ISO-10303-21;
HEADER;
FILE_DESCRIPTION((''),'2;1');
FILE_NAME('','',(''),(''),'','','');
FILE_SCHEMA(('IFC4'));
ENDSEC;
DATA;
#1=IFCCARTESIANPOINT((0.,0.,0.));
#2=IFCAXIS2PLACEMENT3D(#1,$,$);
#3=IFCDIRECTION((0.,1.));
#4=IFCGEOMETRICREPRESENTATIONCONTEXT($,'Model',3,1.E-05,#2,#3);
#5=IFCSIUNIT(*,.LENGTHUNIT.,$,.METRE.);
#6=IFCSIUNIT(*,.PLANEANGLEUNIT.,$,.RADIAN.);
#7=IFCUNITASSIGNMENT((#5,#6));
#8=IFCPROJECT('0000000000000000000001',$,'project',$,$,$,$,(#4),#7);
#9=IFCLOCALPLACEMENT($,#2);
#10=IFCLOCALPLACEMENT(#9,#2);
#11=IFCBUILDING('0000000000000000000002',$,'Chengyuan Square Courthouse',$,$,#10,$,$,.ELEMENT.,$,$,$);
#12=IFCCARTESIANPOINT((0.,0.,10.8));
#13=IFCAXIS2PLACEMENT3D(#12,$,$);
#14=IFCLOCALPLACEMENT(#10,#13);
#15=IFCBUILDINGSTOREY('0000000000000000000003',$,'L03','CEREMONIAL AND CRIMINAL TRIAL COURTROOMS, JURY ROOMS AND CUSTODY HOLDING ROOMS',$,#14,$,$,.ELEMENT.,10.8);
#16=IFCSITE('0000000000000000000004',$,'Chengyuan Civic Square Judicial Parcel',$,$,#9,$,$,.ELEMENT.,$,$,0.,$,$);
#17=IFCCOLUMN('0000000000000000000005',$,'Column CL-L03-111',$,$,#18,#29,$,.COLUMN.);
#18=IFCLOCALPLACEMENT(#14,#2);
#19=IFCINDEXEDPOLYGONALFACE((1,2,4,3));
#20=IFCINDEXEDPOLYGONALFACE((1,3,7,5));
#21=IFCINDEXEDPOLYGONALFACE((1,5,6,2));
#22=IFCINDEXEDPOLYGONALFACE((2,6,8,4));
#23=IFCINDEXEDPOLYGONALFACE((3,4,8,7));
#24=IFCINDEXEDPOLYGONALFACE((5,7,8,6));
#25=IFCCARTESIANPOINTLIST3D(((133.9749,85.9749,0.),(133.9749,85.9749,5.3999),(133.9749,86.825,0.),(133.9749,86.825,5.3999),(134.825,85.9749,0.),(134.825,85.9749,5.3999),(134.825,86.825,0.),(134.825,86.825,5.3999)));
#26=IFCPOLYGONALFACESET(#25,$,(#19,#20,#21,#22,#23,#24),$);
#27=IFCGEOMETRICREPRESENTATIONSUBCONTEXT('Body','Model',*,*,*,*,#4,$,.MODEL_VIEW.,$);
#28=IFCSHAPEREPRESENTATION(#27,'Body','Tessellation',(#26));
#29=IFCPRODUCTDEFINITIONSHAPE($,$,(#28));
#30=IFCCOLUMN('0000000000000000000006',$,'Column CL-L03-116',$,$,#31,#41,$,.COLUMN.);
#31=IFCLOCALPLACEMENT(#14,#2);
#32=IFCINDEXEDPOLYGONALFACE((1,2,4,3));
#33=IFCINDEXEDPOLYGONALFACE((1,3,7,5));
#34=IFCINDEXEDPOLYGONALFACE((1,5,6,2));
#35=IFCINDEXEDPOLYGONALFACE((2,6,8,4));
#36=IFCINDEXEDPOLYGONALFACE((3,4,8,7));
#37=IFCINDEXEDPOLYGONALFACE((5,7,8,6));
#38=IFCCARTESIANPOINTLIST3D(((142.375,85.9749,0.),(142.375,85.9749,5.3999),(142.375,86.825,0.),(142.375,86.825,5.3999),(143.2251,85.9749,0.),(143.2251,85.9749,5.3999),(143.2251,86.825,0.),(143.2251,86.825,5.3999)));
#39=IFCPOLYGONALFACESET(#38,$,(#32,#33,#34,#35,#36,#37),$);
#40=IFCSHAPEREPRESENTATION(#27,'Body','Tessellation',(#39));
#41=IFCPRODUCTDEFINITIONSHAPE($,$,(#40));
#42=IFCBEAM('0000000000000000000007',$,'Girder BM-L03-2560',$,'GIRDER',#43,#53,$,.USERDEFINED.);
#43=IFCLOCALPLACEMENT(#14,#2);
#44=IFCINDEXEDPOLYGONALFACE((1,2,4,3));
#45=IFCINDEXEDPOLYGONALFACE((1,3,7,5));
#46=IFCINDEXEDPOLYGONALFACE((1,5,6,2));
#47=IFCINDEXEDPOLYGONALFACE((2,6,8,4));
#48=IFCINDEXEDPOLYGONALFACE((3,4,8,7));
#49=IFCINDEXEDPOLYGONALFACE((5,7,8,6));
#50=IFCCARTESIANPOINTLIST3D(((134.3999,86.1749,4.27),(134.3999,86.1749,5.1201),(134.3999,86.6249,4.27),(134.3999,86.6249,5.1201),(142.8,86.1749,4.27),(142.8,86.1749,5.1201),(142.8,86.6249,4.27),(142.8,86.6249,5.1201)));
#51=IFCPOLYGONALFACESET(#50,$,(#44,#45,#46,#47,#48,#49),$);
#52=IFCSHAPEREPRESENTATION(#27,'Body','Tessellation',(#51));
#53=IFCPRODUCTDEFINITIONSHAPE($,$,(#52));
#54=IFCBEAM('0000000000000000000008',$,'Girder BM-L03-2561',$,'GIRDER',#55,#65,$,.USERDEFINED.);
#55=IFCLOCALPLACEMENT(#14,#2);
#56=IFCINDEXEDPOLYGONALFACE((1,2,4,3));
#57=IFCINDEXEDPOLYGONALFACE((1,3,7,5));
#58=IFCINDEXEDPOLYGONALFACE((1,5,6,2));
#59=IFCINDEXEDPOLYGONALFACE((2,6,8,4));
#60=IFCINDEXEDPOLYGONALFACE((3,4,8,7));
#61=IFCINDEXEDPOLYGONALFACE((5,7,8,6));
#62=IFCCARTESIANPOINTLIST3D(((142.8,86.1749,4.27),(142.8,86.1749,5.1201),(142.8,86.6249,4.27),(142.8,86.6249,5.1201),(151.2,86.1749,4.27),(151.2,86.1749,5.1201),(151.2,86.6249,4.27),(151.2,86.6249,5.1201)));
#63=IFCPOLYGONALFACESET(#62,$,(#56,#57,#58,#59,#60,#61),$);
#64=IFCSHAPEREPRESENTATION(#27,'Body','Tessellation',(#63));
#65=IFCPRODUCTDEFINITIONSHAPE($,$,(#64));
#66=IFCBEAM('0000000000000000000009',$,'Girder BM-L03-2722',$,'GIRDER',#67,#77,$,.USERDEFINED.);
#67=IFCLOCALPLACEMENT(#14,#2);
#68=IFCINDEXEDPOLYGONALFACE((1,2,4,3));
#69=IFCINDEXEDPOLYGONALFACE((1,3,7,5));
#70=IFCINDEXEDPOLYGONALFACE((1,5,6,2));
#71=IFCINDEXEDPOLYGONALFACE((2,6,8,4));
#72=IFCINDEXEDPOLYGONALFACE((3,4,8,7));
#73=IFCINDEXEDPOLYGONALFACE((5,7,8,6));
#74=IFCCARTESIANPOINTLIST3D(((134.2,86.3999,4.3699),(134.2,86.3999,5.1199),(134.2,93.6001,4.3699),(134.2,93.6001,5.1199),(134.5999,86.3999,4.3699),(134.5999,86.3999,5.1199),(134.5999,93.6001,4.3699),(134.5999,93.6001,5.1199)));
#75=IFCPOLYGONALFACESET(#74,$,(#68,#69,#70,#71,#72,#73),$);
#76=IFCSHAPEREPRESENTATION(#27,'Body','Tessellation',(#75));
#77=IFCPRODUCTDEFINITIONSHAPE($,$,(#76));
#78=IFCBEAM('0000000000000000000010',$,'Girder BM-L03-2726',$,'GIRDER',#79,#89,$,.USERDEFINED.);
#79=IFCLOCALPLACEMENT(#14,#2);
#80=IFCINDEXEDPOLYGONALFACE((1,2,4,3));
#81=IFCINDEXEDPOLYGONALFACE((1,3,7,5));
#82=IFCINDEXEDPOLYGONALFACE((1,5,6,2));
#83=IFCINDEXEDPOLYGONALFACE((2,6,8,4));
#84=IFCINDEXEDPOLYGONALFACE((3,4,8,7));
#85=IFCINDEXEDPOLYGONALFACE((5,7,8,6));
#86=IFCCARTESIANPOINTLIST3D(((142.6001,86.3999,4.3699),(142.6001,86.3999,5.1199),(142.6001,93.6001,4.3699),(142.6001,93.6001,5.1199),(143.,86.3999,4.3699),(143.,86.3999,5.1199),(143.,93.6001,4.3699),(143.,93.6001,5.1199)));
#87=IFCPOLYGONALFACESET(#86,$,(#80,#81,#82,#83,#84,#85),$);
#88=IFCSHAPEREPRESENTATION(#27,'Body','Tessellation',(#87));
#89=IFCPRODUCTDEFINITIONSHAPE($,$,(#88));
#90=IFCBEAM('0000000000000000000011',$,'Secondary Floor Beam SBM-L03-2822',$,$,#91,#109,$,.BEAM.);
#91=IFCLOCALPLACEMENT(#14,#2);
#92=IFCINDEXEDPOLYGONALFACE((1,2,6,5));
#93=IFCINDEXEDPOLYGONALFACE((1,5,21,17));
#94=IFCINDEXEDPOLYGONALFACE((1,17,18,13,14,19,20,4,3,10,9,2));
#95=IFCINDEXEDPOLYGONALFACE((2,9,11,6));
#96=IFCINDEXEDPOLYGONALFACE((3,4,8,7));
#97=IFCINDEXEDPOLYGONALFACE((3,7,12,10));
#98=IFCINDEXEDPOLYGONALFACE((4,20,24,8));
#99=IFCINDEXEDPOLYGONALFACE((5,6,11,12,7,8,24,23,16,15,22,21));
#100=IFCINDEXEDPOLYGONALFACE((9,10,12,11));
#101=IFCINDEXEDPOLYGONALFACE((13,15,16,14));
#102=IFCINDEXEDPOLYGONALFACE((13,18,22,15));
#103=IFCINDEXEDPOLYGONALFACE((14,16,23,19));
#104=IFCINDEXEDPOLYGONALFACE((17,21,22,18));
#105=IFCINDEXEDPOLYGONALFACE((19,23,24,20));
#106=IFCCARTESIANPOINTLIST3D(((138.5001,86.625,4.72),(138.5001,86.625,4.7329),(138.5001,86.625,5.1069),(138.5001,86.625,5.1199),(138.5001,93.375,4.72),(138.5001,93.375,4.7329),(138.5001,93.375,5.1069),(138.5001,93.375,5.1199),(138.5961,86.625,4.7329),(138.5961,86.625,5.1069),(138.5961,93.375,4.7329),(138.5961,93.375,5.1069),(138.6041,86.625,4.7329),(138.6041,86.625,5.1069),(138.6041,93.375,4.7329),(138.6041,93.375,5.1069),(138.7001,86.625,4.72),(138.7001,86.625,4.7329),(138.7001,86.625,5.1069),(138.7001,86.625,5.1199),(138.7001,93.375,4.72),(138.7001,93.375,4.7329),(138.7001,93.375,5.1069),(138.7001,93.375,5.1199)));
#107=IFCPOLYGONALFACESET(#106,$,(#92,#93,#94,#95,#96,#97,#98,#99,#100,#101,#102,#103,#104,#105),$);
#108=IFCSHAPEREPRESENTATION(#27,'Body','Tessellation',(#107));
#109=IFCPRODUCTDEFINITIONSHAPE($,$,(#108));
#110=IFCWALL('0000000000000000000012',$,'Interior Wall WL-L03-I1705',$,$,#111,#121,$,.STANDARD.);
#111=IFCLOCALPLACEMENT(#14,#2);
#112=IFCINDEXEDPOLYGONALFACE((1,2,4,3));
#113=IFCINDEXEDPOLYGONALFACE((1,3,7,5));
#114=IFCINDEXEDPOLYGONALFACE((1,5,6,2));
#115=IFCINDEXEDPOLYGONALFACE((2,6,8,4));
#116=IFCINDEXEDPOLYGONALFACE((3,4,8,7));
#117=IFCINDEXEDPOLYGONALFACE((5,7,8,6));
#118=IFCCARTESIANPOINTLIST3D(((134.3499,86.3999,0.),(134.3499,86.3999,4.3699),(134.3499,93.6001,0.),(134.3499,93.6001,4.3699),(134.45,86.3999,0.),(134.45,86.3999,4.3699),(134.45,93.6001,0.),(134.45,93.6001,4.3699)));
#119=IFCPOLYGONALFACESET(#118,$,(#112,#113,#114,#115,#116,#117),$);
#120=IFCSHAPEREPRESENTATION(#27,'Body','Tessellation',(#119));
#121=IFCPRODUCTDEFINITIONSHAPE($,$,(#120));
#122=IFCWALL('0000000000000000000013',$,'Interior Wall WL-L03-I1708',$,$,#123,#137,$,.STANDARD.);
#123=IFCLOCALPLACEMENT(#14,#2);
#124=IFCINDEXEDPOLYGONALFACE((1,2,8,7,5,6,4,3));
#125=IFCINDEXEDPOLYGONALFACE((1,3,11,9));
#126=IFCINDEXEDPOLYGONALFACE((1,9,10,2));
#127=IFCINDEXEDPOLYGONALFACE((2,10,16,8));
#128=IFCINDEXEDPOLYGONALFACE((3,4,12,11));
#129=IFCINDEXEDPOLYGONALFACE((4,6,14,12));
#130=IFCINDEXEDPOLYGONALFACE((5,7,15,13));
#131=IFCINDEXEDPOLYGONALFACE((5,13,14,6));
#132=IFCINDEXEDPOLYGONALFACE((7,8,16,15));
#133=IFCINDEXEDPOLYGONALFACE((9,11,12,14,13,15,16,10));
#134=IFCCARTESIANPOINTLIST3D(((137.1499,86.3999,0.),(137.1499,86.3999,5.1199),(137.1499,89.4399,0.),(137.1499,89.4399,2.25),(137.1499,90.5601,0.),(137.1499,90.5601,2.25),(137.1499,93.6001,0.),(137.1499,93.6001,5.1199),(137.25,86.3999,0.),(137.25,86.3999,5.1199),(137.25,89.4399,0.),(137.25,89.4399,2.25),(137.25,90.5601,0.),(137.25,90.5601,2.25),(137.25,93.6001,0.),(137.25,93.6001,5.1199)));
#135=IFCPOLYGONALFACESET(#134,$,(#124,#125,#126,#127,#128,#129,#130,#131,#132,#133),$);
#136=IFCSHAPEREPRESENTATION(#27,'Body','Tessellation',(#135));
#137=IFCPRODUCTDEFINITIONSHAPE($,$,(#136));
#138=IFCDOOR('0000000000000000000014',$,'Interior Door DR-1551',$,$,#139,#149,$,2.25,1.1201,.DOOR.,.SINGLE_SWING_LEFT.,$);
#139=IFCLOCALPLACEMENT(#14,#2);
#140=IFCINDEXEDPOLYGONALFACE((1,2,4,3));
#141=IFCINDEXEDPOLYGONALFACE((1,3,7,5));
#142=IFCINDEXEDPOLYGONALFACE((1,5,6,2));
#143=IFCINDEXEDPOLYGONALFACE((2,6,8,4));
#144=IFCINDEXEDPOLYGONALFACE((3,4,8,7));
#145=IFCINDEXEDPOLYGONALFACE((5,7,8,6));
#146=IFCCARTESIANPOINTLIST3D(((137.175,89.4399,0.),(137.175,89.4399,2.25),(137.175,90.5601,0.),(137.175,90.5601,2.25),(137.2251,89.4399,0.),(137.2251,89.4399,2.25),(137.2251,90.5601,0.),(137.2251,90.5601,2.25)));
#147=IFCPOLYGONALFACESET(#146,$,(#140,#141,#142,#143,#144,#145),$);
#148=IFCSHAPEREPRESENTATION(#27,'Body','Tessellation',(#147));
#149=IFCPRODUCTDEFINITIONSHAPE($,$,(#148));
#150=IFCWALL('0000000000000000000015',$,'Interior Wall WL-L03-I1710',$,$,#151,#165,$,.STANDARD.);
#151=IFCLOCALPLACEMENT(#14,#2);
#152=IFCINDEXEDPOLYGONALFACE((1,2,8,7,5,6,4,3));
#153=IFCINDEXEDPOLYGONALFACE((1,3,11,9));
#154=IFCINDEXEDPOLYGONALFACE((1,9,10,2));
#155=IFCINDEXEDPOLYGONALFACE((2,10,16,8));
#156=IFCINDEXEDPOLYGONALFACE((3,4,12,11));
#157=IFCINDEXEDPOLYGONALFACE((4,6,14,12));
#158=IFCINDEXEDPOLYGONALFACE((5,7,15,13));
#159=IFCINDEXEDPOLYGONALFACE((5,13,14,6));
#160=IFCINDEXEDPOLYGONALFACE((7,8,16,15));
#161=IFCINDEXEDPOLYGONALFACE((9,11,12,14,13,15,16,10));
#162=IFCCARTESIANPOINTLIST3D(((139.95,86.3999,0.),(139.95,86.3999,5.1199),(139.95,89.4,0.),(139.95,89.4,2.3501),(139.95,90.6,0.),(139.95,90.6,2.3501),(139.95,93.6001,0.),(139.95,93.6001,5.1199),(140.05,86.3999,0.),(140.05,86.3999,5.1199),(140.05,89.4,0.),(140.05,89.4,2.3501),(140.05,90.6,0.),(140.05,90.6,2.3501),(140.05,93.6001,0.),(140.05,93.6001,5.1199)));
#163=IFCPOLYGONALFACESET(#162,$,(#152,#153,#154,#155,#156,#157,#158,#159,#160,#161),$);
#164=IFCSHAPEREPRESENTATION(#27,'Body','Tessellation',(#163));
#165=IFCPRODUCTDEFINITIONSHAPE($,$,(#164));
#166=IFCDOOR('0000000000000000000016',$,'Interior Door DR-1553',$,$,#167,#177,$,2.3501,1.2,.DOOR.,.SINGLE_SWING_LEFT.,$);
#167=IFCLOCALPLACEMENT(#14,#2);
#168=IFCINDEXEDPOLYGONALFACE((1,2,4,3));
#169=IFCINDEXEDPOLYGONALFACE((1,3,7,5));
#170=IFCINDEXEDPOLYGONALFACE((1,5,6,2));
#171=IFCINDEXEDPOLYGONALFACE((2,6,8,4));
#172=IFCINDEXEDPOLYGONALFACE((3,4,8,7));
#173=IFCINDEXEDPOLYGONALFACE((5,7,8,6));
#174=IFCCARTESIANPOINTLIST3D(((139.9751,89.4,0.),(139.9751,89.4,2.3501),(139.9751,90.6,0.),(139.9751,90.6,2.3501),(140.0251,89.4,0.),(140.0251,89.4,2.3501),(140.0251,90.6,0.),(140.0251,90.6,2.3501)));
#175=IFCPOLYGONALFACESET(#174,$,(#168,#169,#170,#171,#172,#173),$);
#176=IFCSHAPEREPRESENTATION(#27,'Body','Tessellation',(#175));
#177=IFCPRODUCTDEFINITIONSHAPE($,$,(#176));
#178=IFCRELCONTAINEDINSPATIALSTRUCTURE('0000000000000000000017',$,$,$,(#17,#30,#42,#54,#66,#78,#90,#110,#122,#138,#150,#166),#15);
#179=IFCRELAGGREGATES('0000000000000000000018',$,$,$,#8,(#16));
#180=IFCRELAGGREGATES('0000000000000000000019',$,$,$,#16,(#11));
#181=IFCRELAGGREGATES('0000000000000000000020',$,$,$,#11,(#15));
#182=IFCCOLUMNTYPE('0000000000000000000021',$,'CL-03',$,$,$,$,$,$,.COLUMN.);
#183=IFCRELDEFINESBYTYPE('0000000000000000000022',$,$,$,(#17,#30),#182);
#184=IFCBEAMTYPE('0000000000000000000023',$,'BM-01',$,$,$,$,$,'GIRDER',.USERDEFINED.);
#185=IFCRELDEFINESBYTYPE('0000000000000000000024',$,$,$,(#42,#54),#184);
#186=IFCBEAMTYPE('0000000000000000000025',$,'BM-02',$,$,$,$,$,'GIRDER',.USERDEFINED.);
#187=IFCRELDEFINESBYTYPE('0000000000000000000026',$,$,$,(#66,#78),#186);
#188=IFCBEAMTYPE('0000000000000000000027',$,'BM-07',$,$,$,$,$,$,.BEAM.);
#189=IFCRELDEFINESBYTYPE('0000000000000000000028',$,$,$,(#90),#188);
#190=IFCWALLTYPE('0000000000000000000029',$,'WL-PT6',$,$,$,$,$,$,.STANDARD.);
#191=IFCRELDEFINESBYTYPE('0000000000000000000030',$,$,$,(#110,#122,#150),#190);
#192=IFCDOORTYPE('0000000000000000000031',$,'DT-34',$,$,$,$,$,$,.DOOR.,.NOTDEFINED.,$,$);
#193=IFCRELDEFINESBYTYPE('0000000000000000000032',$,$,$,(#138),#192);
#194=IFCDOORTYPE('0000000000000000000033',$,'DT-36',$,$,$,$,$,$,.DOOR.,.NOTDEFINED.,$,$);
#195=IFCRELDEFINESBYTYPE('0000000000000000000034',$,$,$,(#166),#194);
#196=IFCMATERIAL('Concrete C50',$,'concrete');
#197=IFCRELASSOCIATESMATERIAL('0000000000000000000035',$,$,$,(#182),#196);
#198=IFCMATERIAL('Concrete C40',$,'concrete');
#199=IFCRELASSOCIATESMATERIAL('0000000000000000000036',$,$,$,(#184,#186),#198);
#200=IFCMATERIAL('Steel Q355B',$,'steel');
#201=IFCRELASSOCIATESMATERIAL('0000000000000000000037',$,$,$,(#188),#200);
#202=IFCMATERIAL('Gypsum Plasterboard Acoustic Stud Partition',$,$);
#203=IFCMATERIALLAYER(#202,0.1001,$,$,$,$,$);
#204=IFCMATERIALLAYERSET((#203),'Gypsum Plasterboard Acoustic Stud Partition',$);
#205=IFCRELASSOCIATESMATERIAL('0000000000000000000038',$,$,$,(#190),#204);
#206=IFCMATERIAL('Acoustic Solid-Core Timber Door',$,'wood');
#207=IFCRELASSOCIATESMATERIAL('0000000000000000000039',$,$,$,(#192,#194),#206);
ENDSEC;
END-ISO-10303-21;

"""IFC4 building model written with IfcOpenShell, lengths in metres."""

from ifc_helpers import new_model, si_unit, direction, frame, frame_2d, origin, origin_2d, place, context, subcontext, project, spatial, rectangle, i_section, extrude, material, layer, layer_set, material_profile, profile_set, type_object, element, fill, save


model = new_model("IFC4")

# Units and contexts
model_context = context("Model", 3, precision=1e-05, world=origin(), true_north=direction((0.0, 1.0)))
body_context = subcontext(model_context, "Body", "Model", "MODEL_VIEW")
ifc_project = project(units=[si_unit("LENGTHUNIT", "METRE"), si_unit("PLANEANGLEUNIT", "RADIAN")], contexts=[model_context])

# Site, building, storey
site_placement = place(None, origin())
site = spatial("IfcSite", under=ifc_project, at=site_placement, Name="Chengyuan Civic Square Judicial Parcel", CompositionType="ELEMENT", RefElevation=0.0)
building_placement = place(site_placement, origin())
building = spatial("IfcBuilding", under=site, at=building_placement, Name="Chengyuan Square Courthouse", CompositionType="ELEMENT")
storey_placement = place(building_placement, frame((0.0, 0.0, 10.8)))
storey = spatial("IfcBuildingStorey", under=building, at=storey_placement, Name="L03", Description="CEREMONIAL AND CRIMINAL TRIAL COURTROOMS, JURY ROOMS AND CUSTODY HOLDING ROOMS", CompositionType="ELEMENT", Elevation=10.8)

# Columns
ifc_material_1 = material(Name="Concrete C50", Category="concrete")
ifc_material_profile_1 = material_profile(ifc_material_1, rectangle(XDim=0.8501, YDim=0.8501, at=origin_2d()), Name="RC-COL-850x850")
ifc_profile_set_1 = profile_set([ifc_material_profile_1], Name="Concrete C50")
column_type = type_object("IfcColumnType", Name="CL-03", PredefinedType="COLUMN", material=ifc_profile_set_1)
for number, where, z_axis, x_axis, name in (
    (1, (134.3999, 86.3999, 0.0), (0.0, 0.0, 1.0), (1.0, 0.0, 0.0), "Column CL-L03-111"),
    (2, (142.8, 86.3999, 0.0), (0.0, 0.0, 1.0), (1.0, 0.0, 0.0), "Column CL-L03-116"),
):
    element("IfcColumn", number, at=place(storey_placement, frame(where, z_axis=z_axis, x_axis=x_axis)), inside=storey, type_object=column_type, Name=name, PredefinedType="COLUMN", context=body_context, shape_type="SweptSolid", body=[
        extrude(rectangle(XDim=0.8501, YDim=0.8501, at=origin_2d()), origin(), (0.0, 0.0, 1.0), 5.3999),
    ])

# Beams
ifc_material_2 = material(Name="Concrete C40", Category="concrete")
ifc_material_profile_2 = material_profile(ifc_material_2, rectangle(XDim=0.45, YDim=0.8501, at=origin_2d()), Name="RC-BM-450x850")
ifc_profile_set_2 = profile_set([ifc_material_profile_2], Name="Concrete C40")
beam_type_1 = type_object("IfcBeamType", Name="BM-01", ElementType="GIRDER", PredefinedType="USERDEFINED", material=ifc_profile_set_2)
beam_1_placement = place(storey_placement, frame((134.3999, 86.3999, 4.6951), z_axis=(1.0, 0.0, 0.0), x_axis=(0.0, 1.0, 0.0)))
element("IfcBeam", 3, at=beam_1_placement, inside=storey, type_object=beam_type_1, Name="Girder BM-L03-2560", ObjectType="GIRDER", PredefinedType="USERDEFINED", context=body_context, shape_type="SweptSolid", body=[
    extrude(rectangle(XDim=0.45, YDim=0.8501, at=origin_2d()), origin(), (0.0, 0.0, 1.0), 8.4001),
])
beam_2_placement = place(storey_placement, frame((142.8, 86.3999, 4.6951), z_axis=(1.0, 0.0, 0.0), x_axis=(0.0, 1.0, 0.0)))
element("IfcBeam", 4, at=beam_2_placement, inside=storey, type_object=beam_type_1, Name="Girder BM-L03-2561", ObjectType="GIRDER", PredefinedType="USERDEFINED", context=body_context, shape_type="SweptSolid", body=[
    extrude(rectangle(XDim=0.45, YDim=0.8501, at=origin_2d()), origin(), (0.0, 0.0, 1.0), 8.3999),
])
ifc_material_profile_3 = material_profile(ifc_material_2, rectangle(XDim=0.3999, YDim=0.75, at=origin_2d()), Name="RC-BM-400x750")
ifc_profile_set_3 = profile_set([ifc_material_profile_3], Name="Concrete C40")
beam_type_2 = type_object("IfcBeamType", Name="BM-02", ElementType="GIRDER", PredefinedType="USERDEFINED", material=ifc_profile_set_3)
for number, where, z_axis, x_axis, name in (
    (5, (134.3999, 86.3999, 4.7449), (0.0, 1.0, 0.0), (-1.0, 0.0, 0.0), "Girder BM-L03-2722"),
    (6, (142.8, 86.3999, 4.7449), (0.0, 1.0, 0.0), (-1.0, 0.0, 0.0), "Girder BM-L03-2726"),
):
    element("IfcBeam", number, at=place(storey_placement, frame(where, z_axis=z_axis, x_axis=x_axis)), inside=storey, type_object=beam_type_2, Name=name, ObjectType="GIRDER", PredefinedType="USERDEFINED", context=body_context, shape_type="SweptSolid", body=[
        extrude(rectangle(XDim=0.3999, YDim=0.75, at=origin_2d()), origin(), (0.0, 0.0, 1.0), 7.2002),
    ])
ifc_material_3 = material(Name="Steel Q355B", Category="steel")
ifc_material_profile_4 = material_profile(ifc_material_3, i_section(OverallWidth=0.2, OverallDepth=0.3999, WebThickness=0.0081, FlangeThickness=0.0129, at=origin_2d()), Name="HN 400x200x8x13")
ifc_profile_set_4 = profile_set([ifc_material_profile_4], Name="Steel Q355B")
beam_type_3 = type_object("IfcBeamType", Name="BM-07", PredefinedType="BEAM", material=ifc_profile_set_4)
beam_3_placement = place(storey_placement, frame((138.6001, 86.625, 4.9199), z_axis=(0.0, 1.0, 0.0), x_axis=(-1.0, 0.0, 0.0)))
element("IfcBeam", 7, at=beam_3_placement, inside=storey, type_object=beam_type_3, Name="Secondary Floor Beam SBM-L03-2822", PredefinedType="BEAM", context=body_context, shape_type="SweptSolid", body=[
    extrude(i_section(OverallWidth=0.2, OverallDepth=0.3999, WebThickness=0.0081, FlangeThickness=0.0129, at=origin_2d()), origin(), (0.0, 0.0, 1.0), 6.75),
])

# Wall
ifc_material_4 = material(Name="Gypsum Plasterboard Acoustic Stud Partition")
ifc_layer_1 = layer(ifc_material_4, 0.1001)
ifc_layer_set_1 = layer_set([ifc_layer_1], Name="Gypsum Plasterboard Acoustic Stud Partition")
wall_type_1 = type_object("IfcWallType", Name="WL-PT6", PredefinedType="STANDARD", material=ifc_layer_set_1)
wall_1_placement = place(storey_placement, frame((134.3999, 86.3999, 0.0), z_axis=(0.0, 0.0, 1.0), x_axis=(0.0, 1.0, 0.0)))
element("IfcWall", 8, at=wall_1_placement, inside=storey, type_object=wall_type_1, Name="Interior Wall WL-L03-I1705", PredefinedType="STANDARD", context=body_context, shape_type="SweptSolid", body=[
    extrude(rectangle(XDim=7.2002, YDim=0.1001, at=frame_2d((3.6001, 0.0))), origin(), (0.0, 0.0, 1.0), 4.3699),
])

# Walls, openings, doors
wall_2_placement = place(storey_placement, frame((137.2, 86.3999, 0.0), z_axis=(0.0, 0.0, 1.0), x_axis=(0.0, 1.0, 0.0)))
wall_2 = element("IfcWall", 9, at=wall_2_placement, inside=storey, type_object=wall_type_1, Name="Interior Wall WL-L03-I1708", PredefinedType="STANDARD", context=body_context, shape_type="SweptSolid", body=[
    extrude(rectangle(XDim=7.2002, YDim=0.1001, at=frame_2d((3.6001, 0.0))), origin(), (0.0, 0.0, 1.0), 5.1199),
])
opening_1_placement = place(wall_2_placement, frame((3.04, 0.0, 0.0)))
opening_1 = element("IfcOpeningElement", 10, at=opening_1_placement, cuts=wall_2, PredefinedType="OPENING", context=body_context, shape_type="SweptSolid", body=[
    extrude(rectangle(XDim=1.1201, YDim=2.25, at=frame_2d((0.5601, 1.125))), frame((0.0, 0.062, 0.0), z_axis=(0.0, -1.0, 0.0), x_axis=(1.0, 0.0, 0.0)), (0.0, 0.0, 1.0), 0.124),
])
ifc_material_5 = material(Name="Acoustic Solid-Core Timber Door", Category="wood")
door_type_1 = type_object("IfcDoorType", Name="DT-34", OperationType="NOTDEFINED", PredefinedType="DOOR", material=ifc_material_5)
door_1_placement = place(opening_1_placement, origin())
door_1 = element("IfcDoor", 11, at=door_1_placement, inside=storey, type_object=door_type_1, Name="Interior Door DR-1551", OperationType="SINGLE_SWING_LEFT", OverallHeight=2.25, OverallWidth=1.1201, PredefinedType="DOOR", context=body_context, shape_type="SweptSolid", body=[
    extrude(rectangle(XDim=1.1201, YDim=2.25, at=frame_2d((0.5601, 1.125))), frame((0.0, 0.0249, 0.0), z_axis=(0.0, -1.0, 0.0), x_axis=(1.0, 0.0, 0.0)), (0.0, 0.0, 1.0), 0.05),
])
fill(opening_1, door_1)
wall_3_placement = place(storey_placement, frame((140.0, 86.3999, 0.0), z_axis=(0.0, 0.0, 1.0), x_axis=(0.0, 1.0, 0.0)))
wall_3 = element("IfcWall", 12, at=wall_3_placement, inside=storey, type_object=wall_type_1, Name="Interior Wall WL-L03-I1710", PredefinedType="STANDARD", context=body_context, shape_type="SweptSolid", body=[
    extrude(rectangle(XDim=7.2002, YDim=0.1001, at=frame_2d((3.6001, 0.0))), origin(), (0.0, 0.0, 1.0), 5.1199),
])
opening_2_placement = place(wall_3_placement, frame((3.0, 0.0, 0.0)))
opening_2 = element("IfcOpeningElement", 13, at=opening_2_placement, cuts=wall_3, PredefinedType="OPENING", context=body_context, shape_type="SweptSolid", body=[
    extrude(rectangle(XDim=1.2, YDim=2.3501, at=frame_2d((0.6001, 1.175))), frame((0.0, 0.062, 0.0), z_axis=(0.0, -1.0, 0.0), x_axis=(1.0, 0.0, 0.0)), (0.0, 0.0, 1.0), 0.124),
])
door_type_2 = type_object("IfcDoorType", Name="DT-36", OperationType="NOTDEFINED", PredefinedType="DOOR", material=ifc_material_5)
door_2_placement = place(opening_2_placement, origin())
door_2 = element("IfcDoor", 14, at=door_2_placement, inside=storey, type_object=door_type_2, Name="Interior Door DR-1553", OperationType="SINGLE_SWING_LEFT", OverallHeight=2.3501, OverallWidth=1.2, PredefinedType="DOOR", context=body_context, shape_type="SweptSolid", body=[
    extrude(rectangle(XDim=1.2, YDim=2.3501, at=frame_2d((0.6001, 1.175))), frame((0.0, 0.0249, 0.0), z_axis=(0.0, -1.0, 0.0), x_axis=(1.0, 0.0, 0.0)), (0.0, 0.0, 1.0), 0.05),
])
fill(opening_2, door_2)

save(model, "model.ifc")
